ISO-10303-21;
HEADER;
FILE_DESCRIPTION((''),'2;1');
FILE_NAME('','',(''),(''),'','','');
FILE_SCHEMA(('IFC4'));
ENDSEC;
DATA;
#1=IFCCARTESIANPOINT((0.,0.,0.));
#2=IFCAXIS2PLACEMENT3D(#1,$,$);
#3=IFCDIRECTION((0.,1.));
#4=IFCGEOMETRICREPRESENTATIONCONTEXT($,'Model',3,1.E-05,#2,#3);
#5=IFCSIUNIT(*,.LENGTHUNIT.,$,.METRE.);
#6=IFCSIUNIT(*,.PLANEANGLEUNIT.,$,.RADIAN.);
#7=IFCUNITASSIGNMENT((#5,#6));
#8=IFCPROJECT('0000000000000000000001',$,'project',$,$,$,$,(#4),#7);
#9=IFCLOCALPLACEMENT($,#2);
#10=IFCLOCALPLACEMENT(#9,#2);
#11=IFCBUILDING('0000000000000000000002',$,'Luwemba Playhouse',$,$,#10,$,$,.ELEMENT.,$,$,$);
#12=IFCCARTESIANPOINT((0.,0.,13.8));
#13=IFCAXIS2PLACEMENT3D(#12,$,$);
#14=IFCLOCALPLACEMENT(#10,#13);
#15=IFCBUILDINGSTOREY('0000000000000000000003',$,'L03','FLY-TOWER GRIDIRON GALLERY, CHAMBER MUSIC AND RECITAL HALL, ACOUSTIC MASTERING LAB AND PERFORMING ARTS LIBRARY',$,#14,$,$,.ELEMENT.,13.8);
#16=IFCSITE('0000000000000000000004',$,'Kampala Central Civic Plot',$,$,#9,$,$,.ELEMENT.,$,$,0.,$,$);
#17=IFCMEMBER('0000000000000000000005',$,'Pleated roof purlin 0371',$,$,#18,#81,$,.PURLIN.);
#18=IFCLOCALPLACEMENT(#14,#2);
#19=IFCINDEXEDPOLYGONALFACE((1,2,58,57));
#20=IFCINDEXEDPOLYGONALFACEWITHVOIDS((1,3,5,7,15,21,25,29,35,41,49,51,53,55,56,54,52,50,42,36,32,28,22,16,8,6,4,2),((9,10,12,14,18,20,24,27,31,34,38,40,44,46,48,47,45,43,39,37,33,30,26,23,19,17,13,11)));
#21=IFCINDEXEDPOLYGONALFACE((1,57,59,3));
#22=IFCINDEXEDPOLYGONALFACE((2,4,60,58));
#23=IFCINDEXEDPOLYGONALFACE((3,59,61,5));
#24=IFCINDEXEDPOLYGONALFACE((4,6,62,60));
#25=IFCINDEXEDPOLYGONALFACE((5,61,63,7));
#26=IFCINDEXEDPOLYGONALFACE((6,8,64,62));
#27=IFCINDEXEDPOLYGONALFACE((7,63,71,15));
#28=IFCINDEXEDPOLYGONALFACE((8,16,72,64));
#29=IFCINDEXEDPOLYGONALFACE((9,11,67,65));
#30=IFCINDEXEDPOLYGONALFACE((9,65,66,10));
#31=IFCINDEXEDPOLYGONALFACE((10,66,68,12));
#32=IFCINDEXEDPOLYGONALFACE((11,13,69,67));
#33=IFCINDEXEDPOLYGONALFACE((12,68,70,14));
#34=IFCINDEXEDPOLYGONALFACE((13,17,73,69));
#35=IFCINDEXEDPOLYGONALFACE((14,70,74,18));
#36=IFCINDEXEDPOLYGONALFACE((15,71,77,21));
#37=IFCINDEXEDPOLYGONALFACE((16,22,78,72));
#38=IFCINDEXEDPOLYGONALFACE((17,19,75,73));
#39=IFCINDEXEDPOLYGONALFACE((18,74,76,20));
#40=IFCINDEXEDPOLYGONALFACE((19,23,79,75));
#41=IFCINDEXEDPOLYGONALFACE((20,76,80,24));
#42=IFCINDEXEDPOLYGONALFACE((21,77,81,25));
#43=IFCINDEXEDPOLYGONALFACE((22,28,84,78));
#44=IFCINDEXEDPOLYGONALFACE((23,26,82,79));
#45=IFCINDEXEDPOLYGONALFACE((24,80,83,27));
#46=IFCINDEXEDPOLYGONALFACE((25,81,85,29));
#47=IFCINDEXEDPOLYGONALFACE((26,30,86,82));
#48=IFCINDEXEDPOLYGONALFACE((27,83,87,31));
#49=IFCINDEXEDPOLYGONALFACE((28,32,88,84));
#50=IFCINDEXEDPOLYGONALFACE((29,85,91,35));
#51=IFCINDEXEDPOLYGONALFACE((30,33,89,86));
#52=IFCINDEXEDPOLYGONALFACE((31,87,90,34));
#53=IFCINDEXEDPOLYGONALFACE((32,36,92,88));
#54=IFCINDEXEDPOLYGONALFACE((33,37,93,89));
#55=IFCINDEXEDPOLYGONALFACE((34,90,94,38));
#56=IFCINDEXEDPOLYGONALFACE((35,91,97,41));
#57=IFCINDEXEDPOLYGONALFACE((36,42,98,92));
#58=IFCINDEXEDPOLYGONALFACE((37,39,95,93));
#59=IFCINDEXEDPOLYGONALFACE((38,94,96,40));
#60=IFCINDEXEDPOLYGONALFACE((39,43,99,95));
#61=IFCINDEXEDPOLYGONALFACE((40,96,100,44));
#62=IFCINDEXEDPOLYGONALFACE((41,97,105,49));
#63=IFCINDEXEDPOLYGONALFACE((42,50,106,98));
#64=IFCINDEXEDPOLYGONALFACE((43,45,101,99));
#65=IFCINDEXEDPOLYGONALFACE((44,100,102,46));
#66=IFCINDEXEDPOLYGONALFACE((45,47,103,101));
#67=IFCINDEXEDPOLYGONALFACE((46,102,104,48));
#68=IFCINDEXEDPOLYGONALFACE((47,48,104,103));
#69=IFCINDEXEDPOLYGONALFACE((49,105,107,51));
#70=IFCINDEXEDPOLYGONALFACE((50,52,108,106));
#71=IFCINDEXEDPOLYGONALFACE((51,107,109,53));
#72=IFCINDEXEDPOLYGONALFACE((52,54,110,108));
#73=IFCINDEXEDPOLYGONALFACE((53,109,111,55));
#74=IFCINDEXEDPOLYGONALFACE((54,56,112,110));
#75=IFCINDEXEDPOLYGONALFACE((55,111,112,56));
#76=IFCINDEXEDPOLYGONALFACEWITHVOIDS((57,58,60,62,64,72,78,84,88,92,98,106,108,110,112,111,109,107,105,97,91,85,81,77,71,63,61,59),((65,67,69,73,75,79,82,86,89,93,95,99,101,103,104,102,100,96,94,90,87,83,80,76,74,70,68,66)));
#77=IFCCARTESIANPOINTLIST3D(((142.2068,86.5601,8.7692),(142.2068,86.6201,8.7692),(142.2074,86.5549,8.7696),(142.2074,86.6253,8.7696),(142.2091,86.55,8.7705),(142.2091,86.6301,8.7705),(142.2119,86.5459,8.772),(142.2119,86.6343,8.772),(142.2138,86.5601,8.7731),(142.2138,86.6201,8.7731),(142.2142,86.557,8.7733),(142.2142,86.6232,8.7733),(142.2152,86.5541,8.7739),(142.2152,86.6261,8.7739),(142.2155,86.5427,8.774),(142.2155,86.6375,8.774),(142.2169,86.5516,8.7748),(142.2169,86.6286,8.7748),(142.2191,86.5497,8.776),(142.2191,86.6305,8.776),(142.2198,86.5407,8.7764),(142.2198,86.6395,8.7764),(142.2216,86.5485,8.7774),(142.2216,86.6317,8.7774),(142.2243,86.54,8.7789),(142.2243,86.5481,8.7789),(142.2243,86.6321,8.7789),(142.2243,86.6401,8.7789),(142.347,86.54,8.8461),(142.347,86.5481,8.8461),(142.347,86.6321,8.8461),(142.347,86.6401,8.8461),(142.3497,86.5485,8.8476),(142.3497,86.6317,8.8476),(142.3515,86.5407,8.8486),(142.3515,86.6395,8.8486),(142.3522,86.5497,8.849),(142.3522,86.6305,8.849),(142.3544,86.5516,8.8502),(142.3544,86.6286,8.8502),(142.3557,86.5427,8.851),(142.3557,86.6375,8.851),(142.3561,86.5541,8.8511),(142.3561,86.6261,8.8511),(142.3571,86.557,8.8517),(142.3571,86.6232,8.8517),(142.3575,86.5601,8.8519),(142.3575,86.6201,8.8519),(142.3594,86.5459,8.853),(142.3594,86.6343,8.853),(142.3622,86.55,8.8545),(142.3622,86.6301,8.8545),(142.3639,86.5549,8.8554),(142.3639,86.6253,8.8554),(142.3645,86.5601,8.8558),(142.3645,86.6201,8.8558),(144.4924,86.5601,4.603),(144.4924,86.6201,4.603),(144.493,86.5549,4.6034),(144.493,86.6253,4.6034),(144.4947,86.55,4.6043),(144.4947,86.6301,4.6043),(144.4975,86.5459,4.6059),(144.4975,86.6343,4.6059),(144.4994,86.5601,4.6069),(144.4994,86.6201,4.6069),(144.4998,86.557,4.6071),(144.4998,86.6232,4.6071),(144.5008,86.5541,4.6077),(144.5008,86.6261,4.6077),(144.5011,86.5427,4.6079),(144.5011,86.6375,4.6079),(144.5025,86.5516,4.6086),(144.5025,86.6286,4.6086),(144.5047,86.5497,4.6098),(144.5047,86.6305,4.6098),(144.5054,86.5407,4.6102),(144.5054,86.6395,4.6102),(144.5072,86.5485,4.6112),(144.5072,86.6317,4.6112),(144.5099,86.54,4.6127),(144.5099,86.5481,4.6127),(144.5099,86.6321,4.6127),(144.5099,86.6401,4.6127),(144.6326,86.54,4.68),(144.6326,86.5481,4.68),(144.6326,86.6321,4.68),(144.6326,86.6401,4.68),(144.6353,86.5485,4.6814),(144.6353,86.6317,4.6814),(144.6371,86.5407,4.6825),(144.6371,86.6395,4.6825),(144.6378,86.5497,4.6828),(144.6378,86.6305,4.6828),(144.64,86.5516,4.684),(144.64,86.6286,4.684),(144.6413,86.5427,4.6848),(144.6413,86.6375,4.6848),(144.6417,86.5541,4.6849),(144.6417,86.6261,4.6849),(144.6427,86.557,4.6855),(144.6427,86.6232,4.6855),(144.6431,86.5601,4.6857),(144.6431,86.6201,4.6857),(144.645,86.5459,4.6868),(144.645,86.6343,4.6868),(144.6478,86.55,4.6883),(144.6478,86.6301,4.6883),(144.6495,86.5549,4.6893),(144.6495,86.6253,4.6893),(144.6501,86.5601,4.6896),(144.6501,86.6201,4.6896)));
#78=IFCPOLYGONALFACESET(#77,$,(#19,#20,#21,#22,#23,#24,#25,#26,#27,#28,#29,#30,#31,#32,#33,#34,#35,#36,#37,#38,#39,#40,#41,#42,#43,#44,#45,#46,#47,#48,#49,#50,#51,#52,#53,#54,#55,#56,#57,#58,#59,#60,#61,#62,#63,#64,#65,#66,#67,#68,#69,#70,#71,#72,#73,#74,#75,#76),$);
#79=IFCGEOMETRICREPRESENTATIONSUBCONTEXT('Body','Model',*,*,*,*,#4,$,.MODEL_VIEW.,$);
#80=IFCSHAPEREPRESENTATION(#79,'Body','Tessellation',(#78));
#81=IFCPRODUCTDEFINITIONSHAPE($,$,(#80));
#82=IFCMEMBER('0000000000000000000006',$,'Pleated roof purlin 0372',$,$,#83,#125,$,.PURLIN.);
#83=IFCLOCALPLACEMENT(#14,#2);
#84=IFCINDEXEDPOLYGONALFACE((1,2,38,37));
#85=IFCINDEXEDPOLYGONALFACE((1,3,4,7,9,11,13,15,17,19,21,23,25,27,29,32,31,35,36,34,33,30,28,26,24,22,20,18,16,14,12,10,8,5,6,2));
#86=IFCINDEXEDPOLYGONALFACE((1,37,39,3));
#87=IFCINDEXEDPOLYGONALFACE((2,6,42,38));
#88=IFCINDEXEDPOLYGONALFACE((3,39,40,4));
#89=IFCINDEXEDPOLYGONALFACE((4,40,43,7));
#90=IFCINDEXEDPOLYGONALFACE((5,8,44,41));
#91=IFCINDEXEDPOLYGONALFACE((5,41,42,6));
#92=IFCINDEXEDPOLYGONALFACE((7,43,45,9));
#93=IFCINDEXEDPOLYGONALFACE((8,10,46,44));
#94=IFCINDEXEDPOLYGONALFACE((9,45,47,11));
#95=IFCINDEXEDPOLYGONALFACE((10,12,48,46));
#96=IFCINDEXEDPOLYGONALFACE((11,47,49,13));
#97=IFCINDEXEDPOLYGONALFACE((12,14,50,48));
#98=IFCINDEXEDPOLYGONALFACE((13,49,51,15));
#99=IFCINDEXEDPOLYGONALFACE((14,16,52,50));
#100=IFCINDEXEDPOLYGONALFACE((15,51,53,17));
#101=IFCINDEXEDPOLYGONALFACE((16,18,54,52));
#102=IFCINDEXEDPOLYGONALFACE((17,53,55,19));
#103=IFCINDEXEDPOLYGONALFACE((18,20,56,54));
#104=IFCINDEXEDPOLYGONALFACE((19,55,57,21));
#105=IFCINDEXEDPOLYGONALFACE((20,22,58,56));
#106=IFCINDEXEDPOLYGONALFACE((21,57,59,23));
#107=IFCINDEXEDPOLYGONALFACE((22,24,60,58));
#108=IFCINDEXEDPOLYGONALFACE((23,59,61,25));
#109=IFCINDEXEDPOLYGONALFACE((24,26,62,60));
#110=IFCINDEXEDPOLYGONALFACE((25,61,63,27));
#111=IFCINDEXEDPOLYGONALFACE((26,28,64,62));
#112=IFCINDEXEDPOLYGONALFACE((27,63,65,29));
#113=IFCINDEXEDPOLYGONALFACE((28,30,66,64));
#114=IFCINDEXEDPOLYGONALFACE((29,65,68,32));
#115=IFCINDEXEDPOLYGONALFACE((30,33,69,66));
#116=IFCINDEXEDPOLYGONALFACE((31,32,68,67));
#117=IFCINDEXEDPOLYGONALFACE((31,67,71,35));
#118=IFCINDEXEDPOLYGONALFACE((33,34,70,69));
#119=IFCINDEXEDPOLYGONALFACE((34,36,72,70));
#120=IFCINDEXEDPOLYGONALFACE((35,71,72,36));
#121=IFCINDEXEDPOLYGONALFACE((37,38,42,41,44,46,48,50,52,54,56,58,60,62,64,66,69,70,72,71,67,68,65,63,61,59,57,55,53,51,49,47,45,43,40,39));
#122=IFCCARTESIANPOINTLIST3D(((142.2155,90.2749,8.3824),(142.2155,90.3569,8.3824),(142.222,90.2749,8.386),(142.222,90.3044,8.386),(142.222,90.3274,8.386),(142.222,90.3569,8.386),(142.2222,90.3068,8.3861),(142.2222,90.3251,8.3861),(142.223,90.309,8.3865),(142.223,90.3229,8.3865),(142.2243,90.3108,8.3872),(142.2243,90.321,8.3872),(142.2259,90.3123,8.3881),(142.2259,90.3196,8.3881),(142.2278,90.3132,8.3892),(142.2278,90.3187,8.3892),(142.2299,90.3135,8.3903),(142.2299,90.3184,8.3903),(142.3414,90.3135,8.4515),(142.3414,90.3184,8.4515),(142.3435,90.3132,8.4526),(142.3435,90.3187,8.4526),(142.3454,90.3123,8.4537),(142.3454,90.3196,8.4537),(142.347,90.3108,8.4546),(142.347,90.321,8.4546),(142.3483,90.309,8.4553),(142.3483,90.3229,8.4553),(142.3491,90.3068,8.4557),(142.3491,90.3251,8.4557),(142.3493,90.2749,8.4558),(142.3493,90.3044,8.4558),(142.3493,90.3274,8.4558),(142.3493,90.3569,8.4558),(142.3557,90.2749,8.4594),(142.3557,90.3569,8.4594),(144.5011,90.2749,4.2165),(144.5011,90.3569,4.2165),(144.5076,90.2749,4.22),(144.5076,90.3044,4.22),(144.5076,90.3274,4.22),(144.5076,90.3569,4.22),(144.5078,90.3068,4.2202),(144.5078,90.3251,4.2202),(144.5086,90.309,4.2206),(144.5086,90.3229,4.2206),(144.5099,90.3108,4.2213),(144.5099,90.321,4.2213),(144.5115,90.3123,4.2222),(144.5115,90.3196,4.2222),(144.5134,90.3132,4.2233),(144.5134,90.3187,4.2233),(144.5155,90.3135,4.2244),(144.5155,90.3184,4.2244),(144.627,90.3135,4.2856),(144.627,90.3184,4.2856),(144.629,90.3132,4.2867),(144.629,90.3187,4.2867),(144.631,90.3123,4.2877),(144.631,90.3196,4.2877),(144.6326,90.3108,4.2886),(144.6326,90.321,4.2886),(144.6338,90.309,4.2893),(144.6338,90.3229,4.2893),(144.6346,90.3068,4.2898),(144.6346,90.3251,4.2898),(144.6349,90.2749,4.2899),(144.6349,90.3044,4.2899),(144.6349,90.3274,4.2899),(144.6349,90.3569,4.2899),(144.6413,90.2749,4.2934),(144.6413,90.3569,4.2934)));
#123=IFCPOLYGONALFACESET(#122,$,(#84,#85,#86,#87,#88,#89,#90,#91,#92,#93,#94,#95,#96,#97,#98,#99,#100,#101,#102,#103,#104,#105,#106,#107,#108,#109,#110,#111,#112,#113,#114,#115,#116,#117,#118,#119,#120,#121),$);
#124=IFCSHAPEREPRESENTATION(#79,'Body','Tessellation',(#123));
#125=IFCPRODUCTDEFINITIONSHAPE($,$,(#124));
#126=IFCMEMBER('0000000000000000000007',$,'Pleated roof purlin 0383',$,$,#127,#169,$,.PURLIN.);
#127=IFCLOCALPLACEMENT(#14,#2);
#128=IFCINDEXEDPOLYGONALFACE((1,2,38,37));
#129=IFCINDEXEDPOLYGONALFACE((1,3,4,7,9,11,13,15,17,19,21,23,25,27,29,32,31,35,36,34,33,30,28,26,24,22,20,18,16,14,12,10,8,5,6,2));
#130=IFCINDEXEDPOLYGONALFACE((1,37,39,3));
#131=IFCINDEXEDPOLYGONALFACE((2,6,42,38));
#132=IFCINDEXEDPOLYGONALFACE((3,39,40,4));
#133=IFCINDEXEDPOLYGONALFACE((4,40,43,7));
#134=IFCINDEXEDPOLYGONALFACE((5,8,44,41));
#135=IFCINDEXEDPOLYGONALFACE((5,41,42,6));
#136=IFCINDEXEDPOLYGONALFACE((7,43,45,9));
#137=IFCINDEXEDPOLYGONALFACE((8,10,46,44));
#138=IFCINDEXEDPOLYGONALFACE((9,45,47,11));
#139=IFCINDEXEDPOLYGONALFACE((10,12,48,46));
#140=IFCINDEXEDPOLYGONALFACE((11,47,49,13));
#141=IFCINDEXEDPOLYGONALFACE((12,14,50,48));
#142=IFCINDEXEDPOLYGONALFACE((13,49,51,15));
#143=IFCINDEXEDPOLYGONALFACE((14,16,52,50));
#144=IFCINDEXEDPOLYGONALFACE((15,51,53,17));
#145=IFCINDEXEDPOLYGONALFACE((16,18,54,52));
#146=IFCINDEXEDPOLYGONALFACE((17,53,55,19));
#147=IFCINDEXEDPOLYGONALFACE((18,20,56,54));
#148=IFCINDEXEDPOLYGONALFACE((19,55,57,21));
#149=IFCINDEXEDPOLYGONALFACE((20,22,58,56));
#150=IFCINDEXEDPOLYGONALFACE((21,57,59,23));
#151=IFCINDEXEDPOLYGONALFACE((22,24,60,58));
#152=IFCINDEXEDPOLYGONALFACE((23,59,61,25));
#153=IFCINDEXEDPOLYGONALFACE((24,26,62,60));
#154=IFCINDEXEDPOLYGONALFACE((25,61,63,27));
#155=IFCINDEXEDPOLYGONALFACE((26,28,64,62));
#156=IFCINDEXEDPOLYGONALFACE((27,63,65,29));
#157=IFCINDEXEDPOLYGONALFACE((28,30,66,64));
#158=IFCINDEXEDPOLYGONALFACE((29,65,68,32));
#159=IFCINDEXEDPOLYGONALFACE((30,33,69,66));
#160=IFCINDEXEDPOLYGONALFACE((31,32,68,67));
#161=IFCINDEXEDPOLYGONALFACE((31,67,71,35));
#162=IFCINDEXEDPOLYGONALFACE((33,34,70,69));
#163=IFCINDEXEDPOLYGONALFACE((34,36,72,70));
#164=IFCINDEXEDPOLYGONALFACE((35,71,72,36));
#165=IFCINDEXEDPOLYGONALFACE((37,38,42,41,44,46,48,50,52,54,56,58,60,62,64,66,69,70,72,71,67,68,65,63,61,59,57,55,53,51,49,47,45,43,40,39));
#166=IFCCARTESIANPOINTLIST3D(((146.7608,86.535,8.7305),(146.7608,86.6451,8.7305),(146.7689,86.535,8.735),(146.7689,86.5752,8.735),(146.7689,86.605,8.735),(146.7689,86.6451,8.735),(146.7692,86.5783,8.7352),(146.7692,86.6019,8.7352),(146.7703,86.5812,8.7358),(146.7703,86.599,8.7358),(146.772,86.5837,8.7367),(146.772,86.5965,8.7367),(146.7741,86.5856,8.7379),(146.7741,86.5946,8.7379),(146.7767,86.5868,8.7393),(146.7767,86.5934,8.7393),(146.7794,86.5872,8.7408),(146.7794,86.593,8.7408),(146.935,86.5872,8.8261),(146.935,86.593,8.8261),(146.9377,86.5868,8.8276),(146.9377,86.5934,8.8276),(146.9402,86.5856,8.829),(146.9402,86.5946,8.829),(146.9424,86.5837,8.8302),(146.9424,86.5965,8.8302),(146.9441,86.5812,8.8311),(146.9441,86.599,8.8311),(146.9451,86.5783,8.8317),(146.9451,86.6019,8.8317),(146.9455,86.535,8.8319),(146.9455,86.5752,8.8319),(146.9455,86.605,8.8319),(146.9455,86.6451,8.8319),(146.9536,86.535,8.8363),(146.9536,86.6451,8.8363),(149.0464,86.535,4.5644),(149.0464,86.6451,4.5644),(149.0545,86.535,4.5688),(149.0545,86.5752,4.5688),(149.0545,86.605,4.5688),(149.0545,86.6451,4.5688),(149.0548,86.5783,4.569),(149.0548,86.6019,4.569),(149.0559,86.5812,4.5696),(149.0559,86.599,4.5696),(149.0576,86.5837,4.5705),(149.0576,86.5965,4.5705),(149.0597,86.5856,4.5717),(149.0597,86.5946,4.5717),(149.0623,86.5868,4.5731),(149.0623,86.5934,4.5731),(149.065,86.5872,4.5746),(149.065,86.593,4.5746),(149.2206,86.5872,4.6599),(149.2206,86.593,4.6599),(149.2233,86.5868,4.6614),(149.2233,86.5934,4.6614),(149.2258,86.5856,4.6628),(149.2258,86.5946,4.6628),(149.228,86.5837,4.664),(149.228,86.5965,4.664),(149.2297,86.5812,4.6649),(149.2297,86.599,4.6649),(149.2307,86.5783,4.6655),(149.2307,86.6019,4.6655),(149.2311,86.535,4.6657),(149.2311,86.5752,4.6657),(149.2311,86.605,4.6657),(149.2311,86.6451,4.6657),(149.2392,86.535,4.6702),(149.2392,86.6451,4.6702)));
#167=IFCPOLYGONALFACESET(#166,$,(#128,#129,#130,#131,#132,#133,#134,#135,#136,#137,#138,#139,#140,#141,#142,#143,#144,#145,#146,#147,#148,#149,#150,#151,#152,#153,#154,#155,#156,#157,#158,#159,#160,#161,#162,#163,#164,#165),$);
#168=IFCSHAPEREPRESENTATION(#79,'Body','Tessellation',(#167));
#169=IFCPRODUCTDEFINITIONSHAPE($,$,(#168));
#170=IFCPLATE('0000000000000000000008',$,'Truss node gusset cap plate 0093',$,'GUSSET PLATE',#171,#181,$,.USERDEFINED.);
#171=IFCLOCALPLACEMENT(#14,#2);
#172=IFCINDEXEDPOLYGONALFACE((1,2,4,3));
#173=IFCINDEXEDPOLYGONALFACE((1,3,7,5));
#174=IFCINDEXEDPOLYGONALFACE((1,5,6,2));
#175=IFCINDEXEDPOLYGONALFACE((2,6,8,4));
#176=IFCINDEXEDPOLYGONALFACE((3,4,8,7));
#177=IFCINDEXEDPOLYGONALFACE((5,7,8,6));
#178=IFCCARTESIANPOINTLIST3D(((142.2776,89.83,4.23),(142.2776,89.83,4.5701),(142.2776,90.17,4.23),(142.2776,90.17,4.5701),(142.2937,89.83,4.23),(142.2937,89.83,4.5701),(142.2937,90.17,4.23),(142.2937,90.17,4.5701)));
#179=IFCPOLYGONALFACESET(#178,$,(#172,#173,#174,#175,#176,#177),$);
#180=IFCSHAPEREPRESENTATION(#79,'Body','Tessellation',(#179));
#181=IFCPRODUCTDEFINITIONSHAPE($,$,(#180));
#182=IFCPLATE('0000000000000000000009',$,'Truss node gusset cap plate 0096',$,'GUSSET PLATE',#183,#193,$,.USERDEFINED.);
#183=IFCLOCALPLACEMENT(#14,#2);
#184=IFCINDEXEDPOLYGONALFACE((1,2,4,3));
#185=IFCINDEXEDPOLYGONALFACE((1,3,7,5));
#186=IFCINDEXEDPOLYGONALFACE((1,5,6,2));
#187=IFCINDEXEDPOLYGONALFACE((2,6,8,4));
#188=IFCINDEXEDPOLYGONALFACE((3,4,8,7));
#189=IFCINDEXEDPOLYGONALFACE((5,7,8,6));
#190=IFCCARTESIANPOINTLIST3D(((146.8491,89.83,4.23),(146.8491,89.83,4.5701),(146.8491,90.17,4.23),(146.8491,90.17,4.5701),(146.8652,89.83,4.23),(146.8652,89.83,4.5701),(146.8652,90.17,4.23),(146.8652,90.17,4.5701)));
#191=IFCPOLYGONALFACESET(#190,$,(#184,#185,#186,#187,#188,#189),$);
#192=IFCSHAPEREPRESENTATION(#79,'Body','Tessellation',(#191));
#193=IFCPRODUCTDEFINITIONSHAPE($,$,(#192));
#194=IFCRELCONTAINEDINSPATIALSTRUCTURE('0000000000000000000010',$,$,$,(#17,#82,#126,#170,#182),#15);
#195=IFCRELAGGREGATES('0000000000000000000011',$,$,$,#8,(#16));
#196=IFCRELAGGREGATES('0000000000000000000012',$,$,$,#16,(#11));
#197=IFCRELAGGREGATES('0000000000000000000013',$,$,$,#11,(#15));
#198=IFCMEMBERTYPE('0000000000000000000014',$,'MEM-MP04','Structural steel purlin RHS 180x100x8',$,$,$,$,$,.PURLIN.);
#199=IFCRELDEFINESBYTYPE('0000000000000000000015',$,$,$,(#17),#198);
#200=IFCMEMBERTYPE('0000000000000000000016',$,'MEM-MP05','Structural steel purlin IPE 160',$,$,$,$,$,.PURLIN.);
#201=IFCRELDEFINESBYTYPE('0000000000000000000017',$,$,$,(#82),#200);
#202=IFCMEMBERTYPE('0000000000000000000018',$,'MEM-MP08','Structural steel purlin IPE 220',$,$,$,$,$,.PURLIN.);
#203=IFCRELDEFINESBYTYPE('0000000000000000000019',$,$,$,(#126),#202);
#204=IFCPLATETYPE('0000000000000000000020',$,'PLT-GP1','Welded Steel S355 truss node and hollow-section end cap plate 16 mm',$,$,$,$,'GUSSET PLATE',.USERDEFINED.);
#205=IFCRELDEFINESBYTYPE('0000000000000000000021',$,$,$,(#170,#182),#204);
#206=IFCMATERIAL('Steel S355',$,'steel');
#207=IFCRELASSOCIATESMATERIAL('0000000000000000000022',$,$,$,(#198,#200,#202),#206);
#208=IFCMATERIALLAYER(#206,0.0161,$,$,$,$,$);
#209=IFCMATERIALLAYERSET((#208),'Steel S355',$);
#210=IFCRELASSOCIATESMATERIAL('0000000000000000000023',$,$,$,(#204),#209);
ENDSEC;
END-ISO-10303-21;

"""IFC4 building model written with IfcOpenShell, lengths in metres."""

from ifc_helpers import new_model, si_unit, direction, frame, origin, origin_2d, place, context, subcontext, project, spatial, rectangle, hollow_rectangle, i_section, extrude, material, layer, layer_set, material_profile, profile_set, type_object, element, save


model = new_model("IFC4")

# Units and contexts
model_context = context("Model", 3, precision=1e-05, world=origin(), true_north=direction((0.0, 1.0)))
body_context = subcontext(model_context, "Body", "Model", "MODEL_VIEW")
ifc_project = project(units=[si_unit("LENGTHUNIT", "METRE"), si_unit("PLANEANGLEUNIT", "RADIAN")], contexts=[model_context])

# Site, building, storey
site_placement = place(None, origin())
site = spatial("IfcSite", under=ifc_project, at=site_placement, Name="Kampala Central Civic Plot", CompositionType="ELEMENT", RefElevation=0.0)
building_placement = place(site_placement, origin())
building = spatial("IfcBuilding", under=site, at=building_placement, Name="Luwemba Playhouse", CompositionType="ELEMENT")
storey_placement = place(building_placement, frame((0.0, 0.0, 13.8)))
storey = spatial("IfcBuildingStorey", under=building, at=storey_placement, Name="L03", Description="FLY-TOWER GRIDIRON GALLERY, CHAMBER MUSIC AND RECITAL HALL, ACOUSTIC MASTERING LAB AND PERFORMING ARTS LIBRARY", CompositionType="ELEMENT", Elevation=13.8)

# Shared definitions
ifc_material_1 = material(Name="Steel S355", Category="steel")

# Members
ifc_material_profile_1 = material_profile(ifc_material_1, hollow_rectangle(XDim=0.1001, YDim=0.1799, WallThickness=0.0081, InnerFilletRadius=0.012, OuterFilletRadius=0.02, at=origin_2d()))
ifc_profile_set_1 = profile_set([ifc_material_profile_1], Name="Steel S355")
member_type_1 = type_object("IfcMemberType", Name="MEM-MP04", Description="Structural steel purlin RHS 180x100x8", PredefinedType="PURLIN", material=ifc_profile_set_1)
member_1_placement = place(storey_placement, frame((142.2856, 86.5901, 8.8125), z_axis=(0.480982, 0.0, -0.876731), x_axis=(0.0, 1.0, 0.0)))
element("IfcMember", 1, at=member_1_placement, inside=storey, type_object=member_type_1, Name="Pleated roof purlin 0371", PredefinedType="PURLIN", context=body_context, shape_type="SweptSolid", body=[
    extrude(hollow_rectangle(XDim=0.1001, YDim=0.1799, WallThickness=0.0081, InnerFilletRadius=0.012, OuterFilletRadius=0.02, at=origin_2d()), origin(), (0.0, 0.0, 1.0), 4.752),
])
ifc_material_profile_2 = material_profile(ifc_material_1, i_section(OverallWidth=0.082, OverallDepth=0.1599, WebThickness=0.0049, FlangeThickness=0.0073, FilletRadius=0.009, at=origin_2d()))
ifc_profile_set_2 = profile_set([ifc_material_profile_2], Name="Steel S355")
member_type_2 = type_object("IfcMemberType", Name="MEM-MP05", Description="Structural steel purlin IPE 160", PredefinedType="PURLIN", material=ifc_profile_set_2)
member_2_placement = place(storey_placement, frame((142.2856, 90.3159, 8.4209), z_axis=(0.481003, 0.0, -0.876719), x_axis=(0.0, 1.0, 0.0)))
element("IfcMember", 2, at=member_2_placement, inside=storey, type_object=member_type_2, Name="Pleated roof purlin 0372", PredefinedType="PURLIN", context=body_context, shape_type="SweptSolid", body=[
    extrude(i_section(OverallWidth=0.082, OverallDepth=0.1599, WebThickness=0.0049, FlangeThickness=0.0073, FilletRadius=0.009, at=origin_2d()), origin(), (0.0, 0.0, 1.0), 4.7517),
])
ifc_material_profile_3 = material_profile(ifc_material_1, i_section(OverallWidth=0.1101, OverallDepth=0.22, WebThickness=0.0059, FlangeThickness=0.0093, FilletRadius=0.012, at=origin_2d()))
ifc_profile_set_3 = profile_set([ifc_material_profile_3], Name="Steel S355")
member_type_3 = type_object("IfcMemberType", Name="MEM-MP08", Description="Structural steel purlin IPE 220", PredefinedType="PURLIN", material=ifc_profile_set_3)
member_3_placement = place(storey_placement, frame((146.8572, 86.5901, 8.7834), z_axis=(0.480982, 0.0, -0.876731), x_axis=(0.0, 1.0, 0.0)))
element("IfcMember", 3, at=member_3_placement, inside=storey, type_object=member_type_3, Name="Pleated roof purlin 0383", PredefinedType="PURLIN", context=body_context, shape_type="SweptSolid", body=[
    extrude(i_section(OverallWidth=0.1101, OverallDepth=0.22, WebThickness=0.0059, FlangeThickness=0.0093, FilletRadius=0.012, at=origin_2d()), origin(), (0.0, 0.0, 1.0), 4.752),
])

# Plates
ifc_layer_1 = layer(ifc_material_1, 0.0161)
ifc_layer_set_1 = layer_set([ifc_layer_1], Name="Steel S355")
plate_type = type_object("IfcPlateType", Name="PLT-GP1", Description="Welded Steel S355 truss node and hollow-section end cap plate 16 mm", ElementType="GUSSET PLATE", PredefinedType="USERDEFINED", material=ifc_layer_set_1)
for number, where, z_axis, x_axis, name in (
    (4, (142.2856, 90.0, 4.23), (0.0, 0.0, 1.0), (1.0, 0.0, 0.0), "Truss node gusset cap plate 0093"),
    (5, (146.8572, 90.0, 4.23), (0.0, 0.0, 1.0), (1.0, 0.0, 0.0), "Truss node gusset cap plate 0096"),
):
    element("IfcPlate", number, at=place(storey_placement, frame(where, z_axis=z_axis, x_axis=x_axis)), inside=storey, type_object=plate_type, Name=name, ObjectType="GUSSET PLATE", PredefinedType="USERDEFINED", context=body_context, shape_type="SweptSolid", body=[
        extrude(rectangle(XDim=0.0161, YDim=0.3401, at=origin_2d()), origin(), (0.0, 0.0, 1.0), 0.3401),
    ])

save(model, "model.ifc")
